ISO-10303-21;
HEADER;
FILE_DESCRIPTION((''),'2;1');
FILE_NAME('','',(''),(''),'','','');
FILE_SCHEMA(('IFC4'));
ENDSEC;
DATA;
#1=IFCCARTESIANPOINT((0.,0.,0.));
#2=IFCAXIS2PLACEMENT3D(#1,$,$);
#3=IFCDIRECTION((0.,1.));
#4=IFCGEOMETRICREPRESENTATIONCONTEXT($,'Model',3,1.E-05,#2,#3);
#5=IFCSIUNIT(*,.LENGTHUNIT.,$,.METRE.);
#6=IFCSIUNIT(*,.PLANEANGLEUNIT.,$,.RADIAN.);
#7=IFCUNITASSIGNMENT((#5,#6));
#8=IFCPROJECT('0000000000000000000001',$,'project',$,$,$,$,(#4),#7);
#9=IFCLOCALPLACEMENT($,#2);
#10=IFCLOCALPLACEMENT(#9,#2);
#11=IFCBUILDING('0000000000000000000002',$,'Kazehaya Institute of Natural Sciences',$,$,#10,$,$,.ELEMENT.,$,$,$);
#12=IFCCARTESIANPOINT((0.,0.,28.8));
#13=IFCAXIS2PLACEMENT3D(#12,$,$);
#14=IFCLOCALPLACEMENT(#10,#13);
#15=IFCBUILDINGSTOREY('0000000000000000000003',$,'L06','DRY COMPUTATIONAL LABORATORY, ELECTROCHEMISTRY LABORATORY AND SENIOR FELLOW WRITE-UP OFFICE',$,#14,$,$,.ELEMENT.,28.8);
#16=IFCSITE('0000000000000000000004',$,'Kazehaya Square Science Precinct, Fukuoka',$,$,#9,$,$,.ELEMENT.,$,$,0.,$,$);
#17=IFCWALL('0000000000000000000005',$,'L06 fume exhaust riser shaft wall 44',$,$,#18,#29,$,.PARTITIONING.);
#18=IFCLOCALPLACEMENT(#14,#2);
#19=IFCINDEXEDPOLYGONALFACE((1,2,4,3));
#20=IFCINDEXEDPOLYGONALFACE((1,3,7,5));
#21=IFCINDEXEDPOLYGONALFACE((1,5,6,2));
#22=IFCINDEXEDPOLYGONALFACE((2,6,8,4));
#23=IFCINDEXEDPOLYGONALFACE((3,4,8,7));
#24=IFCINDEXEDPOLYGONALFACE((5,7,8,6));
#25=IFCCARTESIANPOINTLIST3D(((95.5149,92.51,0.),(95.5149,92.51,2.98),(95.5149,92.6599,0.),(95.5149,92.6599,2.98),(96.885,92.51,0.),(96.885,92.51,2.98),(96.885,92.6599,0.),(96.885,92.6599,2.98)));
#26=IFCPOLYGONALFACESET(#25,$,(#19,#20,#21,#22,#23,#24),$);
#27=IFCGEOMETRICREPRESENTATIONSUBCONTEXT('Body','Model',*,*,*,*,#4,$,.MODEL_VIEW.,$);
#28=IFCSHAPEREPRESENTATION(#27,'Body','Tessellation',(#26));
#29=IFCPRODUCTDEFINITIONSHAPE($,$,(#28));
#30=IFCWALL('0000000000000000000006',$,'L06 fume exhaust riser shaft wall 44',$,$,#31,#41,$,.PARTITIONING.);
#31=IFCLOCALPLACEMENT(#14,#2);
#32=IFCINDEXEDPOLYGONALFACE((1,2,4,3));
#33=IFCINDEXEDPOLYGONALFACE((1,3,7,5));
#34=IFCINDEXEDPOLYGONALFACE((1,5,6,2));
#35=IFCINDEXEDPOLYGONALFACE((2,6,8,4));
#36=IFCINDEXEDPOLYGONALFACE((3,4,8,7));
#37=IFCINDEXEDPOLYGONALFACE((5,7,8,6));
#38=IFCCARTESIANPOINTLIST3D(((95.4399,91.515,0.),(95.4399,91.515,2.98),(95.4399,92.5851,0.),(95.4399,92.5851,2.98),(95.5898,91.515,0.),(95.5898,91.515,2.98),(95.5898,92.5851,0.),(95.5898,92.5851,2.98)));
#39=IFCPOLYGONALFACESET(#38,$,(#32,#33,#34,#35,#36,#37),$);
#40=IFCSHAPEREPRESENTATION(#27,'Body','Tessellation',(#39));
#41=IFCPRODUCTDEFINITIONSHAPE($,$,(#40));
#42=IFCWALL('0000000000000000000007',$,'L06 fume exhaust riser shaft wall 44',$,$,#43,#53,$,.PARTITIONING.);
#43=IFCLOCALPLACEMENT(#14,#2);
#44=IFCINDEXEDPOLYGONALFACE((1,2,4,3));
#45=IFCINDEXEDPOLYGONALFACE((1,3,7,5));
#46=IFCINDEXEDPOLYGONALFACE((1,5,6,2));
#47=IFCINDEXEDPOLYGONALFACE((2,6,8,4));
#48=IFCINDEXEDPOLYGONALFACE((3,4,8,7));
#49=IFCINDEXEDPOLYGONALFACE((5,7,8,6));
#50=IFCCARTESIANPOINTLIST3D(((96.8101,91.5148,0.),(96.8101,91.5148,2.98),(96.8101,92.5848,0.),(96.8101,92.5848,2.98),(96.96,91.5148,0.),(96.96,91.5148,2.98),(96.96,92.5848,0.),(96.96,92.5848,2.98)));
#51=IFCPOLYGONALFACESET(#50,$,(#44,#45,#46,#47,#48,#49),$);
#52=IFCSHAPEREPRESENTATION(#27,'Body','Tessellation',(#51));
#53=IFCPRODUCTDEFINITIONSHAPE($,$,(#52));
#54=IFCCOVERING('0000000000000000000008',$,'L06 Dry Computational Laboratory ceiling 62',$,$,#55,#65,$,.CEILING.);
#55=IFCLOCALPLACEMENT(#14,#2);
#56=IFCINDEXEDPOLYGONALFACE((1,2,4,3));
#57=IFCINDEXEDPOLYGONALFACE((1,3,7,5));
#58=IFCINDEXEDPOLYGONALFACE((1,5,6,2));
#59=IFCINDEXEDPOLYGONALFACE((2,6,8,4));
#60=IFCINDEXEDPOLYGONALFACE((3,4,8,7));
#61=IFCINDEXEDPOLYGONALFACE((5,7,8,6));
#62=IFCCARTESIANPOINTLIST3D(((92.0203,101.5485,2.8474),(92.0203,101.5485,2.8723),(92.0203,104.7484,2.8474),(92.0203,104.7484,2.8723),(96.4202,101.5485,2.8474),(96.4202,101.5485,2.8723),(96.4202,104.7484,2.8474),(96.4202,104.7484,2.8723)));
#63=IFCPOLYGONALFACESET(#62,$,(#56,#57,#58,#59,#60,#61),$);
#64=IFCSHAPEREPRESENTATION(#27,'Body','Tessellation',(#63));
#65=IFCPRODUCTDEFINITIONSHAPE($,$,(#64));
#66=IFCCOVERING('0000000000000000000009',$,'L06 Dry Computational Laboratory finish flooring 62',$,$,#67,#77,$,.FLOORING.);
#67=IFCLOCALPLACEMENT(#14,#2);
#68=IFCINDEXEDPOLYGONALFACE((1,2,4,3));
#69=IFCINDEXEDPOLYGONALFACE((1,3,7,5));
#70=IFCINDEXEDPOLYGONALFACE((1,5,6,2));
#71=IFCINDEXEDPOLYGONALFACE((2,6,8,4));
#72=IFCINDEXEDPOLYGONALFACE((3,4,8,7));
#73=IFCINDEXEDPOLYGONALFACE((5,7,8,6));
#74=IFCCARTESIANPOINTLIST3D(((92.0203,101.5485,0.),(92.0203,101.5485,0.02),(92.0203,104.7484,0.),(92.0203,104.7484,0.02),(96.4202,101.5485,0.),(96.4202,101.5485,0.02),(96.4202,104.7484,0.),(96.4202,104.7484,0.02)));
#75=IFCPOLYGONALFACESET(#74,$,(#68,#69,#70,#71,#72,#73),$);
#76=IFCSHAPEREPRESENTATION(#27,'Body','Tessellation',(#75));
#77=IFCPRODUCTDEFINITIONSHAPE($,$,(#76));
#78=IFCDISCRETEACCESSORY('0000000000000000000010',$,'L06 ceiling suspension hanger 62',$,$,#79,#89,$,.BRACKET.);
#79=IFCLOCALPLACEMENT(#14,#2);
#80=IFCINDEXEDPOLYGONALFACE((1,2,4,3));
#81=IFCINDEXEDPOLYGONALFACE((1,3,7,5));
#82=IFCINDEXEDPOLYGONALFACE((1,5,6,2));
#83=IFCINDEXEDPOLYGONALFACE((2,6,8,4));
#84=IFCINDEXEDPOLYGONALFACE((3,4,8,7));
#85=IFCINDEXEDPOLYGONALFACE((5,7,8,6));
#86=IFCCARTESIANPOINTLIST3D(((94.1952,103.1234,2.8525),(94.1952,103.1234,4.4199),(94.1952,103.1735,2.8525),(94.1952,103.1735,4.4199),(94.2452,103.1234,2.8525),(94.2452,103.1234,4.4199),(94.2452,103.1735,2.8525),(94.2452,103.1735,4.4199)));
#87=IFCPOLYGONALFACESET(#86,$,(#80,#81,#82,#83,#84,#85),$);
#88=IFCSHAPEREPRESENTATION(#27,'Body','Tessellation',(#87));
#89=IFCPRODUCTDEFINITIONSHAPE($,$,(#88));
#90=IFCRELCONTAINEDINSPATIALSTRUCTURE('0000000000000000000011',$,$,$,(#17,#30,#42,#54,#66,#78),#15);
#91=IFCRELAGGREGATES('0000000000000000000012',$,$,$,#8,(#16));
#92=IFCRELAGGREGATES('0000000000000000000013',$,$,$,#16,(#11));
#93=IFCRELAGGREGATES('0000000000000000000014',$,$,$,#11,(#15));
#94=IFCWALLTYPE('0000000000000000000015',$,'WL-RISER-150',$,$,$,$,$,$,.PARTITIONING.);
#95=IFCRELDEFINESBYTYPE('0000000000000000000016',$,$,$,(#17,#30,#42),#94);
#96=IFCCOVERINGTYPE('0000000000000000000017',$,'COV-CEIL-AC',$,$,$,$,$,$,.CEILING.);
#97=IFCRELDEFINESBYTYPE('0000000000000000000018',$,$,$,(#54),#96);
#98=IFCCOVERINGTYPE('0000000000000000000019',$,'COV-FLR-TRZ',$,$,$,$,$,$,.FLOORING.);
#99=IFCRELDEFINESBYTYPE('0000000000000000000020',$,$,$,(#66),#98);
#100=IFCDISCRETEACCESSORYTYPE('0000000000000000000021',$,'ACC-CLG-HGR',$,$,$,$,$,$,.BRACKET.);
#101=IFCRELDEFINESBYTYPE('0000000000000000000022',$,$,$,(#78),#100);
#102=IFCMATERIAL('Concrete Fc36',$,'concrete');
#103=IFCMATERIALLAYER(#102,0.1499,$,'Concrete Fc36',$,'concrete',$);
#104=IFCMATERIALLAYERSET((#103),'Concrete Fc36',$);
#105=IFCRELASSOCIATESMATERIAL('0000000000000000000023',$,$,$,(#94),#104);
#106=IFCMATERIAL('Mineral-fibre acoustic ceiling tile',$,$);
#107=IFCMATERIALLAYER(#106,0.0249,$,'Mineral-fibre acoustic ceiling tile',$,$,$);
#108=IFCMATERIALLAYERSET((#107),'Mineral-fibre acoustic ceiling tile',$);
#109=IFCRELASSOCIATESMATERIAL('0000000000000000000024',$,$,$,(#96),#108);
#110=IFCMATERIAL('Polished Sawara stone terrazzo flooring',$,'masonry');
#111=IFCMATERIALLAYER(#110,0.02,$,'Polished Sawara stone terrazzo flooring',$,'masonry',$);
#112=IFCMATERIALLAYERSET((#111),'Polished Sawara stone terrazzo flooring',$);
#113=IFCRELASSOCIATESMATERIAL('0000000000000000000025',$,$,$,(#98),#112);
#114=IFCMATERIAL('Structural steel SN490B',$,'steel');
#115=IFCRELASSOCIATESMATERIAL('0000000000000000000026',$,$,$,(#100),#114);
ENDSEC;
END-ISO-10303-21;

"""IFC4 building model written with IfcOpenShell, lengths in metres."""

from ifc_helpers import new_model, si_unit, direction, frame, frame_2d, origin, origin_2d, place, context, subcontext, project, spatial, rectangle, extrude, material, layer, layer_set, type_object, element, save


model = new_model("IFC4")

# Units and contexts
model_context = context("Model", 3, precision=1e-05, world=origin(), true_north=direction((0.0, 1.0)))
body_context = subcontext(model_context, "Body", "Model", "MODEL_VIEW")
ifc_project = project(units=[si_unit("LENGTHUNIT", "METRE"), si_unit("PLANEANGLEUNIT", "RADIAN")], contexts=[model_context])

# Site, building, storey
site_placement = place(None, origin())
site = spatial("IfcSite", under=ifc_project, at=site_placement, Name="Kazehaya Square Science Precinct, Fukuoka", CompositionType="ELEMENT", RefElevation=0.0)
building_placement = place(site_placement, origin())
building = spatial("IfcBuilding", under=site, at=building_placement, Name="Kazehaya Institute of Natural Sciences", CompositionType="ELEMENT")
storey_placement = place(building_placement, frame((0.0, 0.0, 28.8)))
storey = spatial("IfcBuildingStorey", under=building, at=storey_placement, Name="L06", Description="DRY COMPUTATIONAL LABORATORY, ELECTROCHEMISTRY LABORATORY AND SENIOR FELLOW WRITE-UP OFFICE", CompositionType="ELEMENT", Elevation=28.8)

# Shared definitions
ifc_material_1 = material(Name="Concrete Fc36", Category="concrete")

# Walls
ifc_layer_1 = layer(ifc_material_1, 0.1499, Name="Concrete Fc36", Category="concrete")
ifc_layer_set_1 = layer_set([ifc_layer_1], Name="Concrete Fc36")
wall_type_1 = type_object("IfcWallType", Name="WL-RISER-150", PredefinedType="PARTITIONING", material=ifc_layer_set_1)
for number, where, z_axis, x_axis, name in (
    (1, (95.5149, 92.585, 0.0), (0.0, 0.0, 1.0), (1.0, 0.0, 0.0), "L06 fume exhaust riser shaft wall 44"),
):
    element("IfcWall", number, at=place(storey_placement, frame(where, z_axis=z_axis, x_axis=x_axis)), inside=storey, type_object=wall_type_1, Name=name, PredefinedType="PARTITIONING", context=body_context, shape_type="SweptSolid", body=[
        extrude(rectangle(XDim=1.3701, YDim=0.1499, at=frame_2d((0.6851, 0.0))), origin(), (0.0, 0.0, 1.0), 2.98),
    ])
for number, where, z_axis, x_axis, name in (
    (2, (95.5149, 91.5149, 0.0), (0.0, 0.0, 1.0), (0.0, 1.0, 0.0), "L06 fume exhaust riser shaft wall 44"),
    (3, (96.885, 92.585, 0.0), (0.0, 0.0, 1.0), (0.0, -1.0, 0.0), "L06 fume exhaust riser shaft wall 44"),
):
    element("IfcWall", number, at=place(storey_placement, frame(where, z_axis=z_axis, x_axis=x_axis)), inside=storey, type_object=wall_type_1, Name=name, PredefinedType="PARTITIONING", context=body_context, shape_type="SweptSolid", body=[
        extrude(rectangle(XDim=1.0701, YDim=0.1499, at=frame_2d((0.5352, 0.0))), origin(), (0.0, 0.0, 1.0), 2.98),
    ])

# Coverings
ifc_material_2 = material(Name="Mineral-fibre acoustic ceiling tile")
ifc_layer_2 = layer(ifc_material_2, 0.0249, Name="Mineral-fibre acoustic ceiling tile")
ifc_layer_set_2 = layer_set([ifc_layer_2], Name="Mineral-fibre acoustic ceiling tile")
covering_type_1 = type_object("IfcCoveringType", Name="COV-CEIL-AC", PredefinedType="CEILING", material=ifc_layer_set_2)
covering_1_placement = place(storey_placement, frame((94.2202, 103.1484, 2.8474), z_axis=(0.0, 0.0, 1.0), x_axis=(1.0, 0.0, 0.0)))
element("IfcCovering", 4, at=covering_1_placement, inside=storey, type_object=covering_type_1, Name="L06 Dry Computational Laboratory ceiling 62", PredefinedType="CEILING", context=body_context, shape_type="SweptSolid", body=[
    extrude(rectangle(XDim=4.3999, YDim=3.2, at=origin_2d()), origin(), (0.0, 0.0, 1.0), 0.0249),
])
ifc_material_3 = material(Name="Polished Sawara stone terrazzo flooring", Category="masonry")
ifc_layer_3 = layer(ifc_material_3, 0.02, Name="Polished Sawara stone terrazzo flooring", Category="masonry")
ifc_layer_set_3 = layer_set([ifc_layer_3], Name="Polished Sawara stone terrazzo flooring")
covering_type_2 = type_object("IfcCoveringType", Name="COV-FLR-TRZ", PredefinedType="FLOORING", material=ifc_layer_set_3)
covering_2_placement = place(storey_placement, frame((94.2202, 103.1484, 0.0), z_axis=(0.0, 0.0, 1.0), x_axis=(1.0, 0.0, 0.0)))
element("IfcCovering", 5, at=covering_2_placement, inside=storey, type_object=covering_type_2, Name="L06 Dry Computational Laboratory finish flooring 62", PredefinedType="FLOORING", context=body_context, shape_type="SweptSolid", body=[
    extrude(rectangle(XDim=4.3999, YDim=3.2, at=origin_2d()), origin(), (0.0, 0.0, 1.0), 0.02),
])

# Discrete accessory
ifc_material_4 = material(Name="Structural steel SN490B", Category="steel")
discrete_accessory_type = type_object("IfcDiscreteAccessoryType", Name="ACC-CLG-HGR", PredefinedType="BRACKET", material=ifc_material_4)
discrete_accessory_placement = place(storey_placement, frame((94.2202, 103.1484, 2.8525), z_axis=(0.0, 0.0, 1.0), x_axis=(1.0, 0.0, 0.0)))
element("IfcDiscreteAccessory", 6, at=discrete_accessory_placement, inside=storey, type_object=discrete_accessory_type, Name="L06 ceiling suspension hanger 62", PredefinedType="BRACKET", context=body_context, shape_type="SweptSolid", body=[
    extrude(rectangle(XDim=0.05, YDim=0.05, at=origin_2d()), origin(), (0.0, 0.0, 1.0), 1.5674),
])

save(model, "model.ifc")
